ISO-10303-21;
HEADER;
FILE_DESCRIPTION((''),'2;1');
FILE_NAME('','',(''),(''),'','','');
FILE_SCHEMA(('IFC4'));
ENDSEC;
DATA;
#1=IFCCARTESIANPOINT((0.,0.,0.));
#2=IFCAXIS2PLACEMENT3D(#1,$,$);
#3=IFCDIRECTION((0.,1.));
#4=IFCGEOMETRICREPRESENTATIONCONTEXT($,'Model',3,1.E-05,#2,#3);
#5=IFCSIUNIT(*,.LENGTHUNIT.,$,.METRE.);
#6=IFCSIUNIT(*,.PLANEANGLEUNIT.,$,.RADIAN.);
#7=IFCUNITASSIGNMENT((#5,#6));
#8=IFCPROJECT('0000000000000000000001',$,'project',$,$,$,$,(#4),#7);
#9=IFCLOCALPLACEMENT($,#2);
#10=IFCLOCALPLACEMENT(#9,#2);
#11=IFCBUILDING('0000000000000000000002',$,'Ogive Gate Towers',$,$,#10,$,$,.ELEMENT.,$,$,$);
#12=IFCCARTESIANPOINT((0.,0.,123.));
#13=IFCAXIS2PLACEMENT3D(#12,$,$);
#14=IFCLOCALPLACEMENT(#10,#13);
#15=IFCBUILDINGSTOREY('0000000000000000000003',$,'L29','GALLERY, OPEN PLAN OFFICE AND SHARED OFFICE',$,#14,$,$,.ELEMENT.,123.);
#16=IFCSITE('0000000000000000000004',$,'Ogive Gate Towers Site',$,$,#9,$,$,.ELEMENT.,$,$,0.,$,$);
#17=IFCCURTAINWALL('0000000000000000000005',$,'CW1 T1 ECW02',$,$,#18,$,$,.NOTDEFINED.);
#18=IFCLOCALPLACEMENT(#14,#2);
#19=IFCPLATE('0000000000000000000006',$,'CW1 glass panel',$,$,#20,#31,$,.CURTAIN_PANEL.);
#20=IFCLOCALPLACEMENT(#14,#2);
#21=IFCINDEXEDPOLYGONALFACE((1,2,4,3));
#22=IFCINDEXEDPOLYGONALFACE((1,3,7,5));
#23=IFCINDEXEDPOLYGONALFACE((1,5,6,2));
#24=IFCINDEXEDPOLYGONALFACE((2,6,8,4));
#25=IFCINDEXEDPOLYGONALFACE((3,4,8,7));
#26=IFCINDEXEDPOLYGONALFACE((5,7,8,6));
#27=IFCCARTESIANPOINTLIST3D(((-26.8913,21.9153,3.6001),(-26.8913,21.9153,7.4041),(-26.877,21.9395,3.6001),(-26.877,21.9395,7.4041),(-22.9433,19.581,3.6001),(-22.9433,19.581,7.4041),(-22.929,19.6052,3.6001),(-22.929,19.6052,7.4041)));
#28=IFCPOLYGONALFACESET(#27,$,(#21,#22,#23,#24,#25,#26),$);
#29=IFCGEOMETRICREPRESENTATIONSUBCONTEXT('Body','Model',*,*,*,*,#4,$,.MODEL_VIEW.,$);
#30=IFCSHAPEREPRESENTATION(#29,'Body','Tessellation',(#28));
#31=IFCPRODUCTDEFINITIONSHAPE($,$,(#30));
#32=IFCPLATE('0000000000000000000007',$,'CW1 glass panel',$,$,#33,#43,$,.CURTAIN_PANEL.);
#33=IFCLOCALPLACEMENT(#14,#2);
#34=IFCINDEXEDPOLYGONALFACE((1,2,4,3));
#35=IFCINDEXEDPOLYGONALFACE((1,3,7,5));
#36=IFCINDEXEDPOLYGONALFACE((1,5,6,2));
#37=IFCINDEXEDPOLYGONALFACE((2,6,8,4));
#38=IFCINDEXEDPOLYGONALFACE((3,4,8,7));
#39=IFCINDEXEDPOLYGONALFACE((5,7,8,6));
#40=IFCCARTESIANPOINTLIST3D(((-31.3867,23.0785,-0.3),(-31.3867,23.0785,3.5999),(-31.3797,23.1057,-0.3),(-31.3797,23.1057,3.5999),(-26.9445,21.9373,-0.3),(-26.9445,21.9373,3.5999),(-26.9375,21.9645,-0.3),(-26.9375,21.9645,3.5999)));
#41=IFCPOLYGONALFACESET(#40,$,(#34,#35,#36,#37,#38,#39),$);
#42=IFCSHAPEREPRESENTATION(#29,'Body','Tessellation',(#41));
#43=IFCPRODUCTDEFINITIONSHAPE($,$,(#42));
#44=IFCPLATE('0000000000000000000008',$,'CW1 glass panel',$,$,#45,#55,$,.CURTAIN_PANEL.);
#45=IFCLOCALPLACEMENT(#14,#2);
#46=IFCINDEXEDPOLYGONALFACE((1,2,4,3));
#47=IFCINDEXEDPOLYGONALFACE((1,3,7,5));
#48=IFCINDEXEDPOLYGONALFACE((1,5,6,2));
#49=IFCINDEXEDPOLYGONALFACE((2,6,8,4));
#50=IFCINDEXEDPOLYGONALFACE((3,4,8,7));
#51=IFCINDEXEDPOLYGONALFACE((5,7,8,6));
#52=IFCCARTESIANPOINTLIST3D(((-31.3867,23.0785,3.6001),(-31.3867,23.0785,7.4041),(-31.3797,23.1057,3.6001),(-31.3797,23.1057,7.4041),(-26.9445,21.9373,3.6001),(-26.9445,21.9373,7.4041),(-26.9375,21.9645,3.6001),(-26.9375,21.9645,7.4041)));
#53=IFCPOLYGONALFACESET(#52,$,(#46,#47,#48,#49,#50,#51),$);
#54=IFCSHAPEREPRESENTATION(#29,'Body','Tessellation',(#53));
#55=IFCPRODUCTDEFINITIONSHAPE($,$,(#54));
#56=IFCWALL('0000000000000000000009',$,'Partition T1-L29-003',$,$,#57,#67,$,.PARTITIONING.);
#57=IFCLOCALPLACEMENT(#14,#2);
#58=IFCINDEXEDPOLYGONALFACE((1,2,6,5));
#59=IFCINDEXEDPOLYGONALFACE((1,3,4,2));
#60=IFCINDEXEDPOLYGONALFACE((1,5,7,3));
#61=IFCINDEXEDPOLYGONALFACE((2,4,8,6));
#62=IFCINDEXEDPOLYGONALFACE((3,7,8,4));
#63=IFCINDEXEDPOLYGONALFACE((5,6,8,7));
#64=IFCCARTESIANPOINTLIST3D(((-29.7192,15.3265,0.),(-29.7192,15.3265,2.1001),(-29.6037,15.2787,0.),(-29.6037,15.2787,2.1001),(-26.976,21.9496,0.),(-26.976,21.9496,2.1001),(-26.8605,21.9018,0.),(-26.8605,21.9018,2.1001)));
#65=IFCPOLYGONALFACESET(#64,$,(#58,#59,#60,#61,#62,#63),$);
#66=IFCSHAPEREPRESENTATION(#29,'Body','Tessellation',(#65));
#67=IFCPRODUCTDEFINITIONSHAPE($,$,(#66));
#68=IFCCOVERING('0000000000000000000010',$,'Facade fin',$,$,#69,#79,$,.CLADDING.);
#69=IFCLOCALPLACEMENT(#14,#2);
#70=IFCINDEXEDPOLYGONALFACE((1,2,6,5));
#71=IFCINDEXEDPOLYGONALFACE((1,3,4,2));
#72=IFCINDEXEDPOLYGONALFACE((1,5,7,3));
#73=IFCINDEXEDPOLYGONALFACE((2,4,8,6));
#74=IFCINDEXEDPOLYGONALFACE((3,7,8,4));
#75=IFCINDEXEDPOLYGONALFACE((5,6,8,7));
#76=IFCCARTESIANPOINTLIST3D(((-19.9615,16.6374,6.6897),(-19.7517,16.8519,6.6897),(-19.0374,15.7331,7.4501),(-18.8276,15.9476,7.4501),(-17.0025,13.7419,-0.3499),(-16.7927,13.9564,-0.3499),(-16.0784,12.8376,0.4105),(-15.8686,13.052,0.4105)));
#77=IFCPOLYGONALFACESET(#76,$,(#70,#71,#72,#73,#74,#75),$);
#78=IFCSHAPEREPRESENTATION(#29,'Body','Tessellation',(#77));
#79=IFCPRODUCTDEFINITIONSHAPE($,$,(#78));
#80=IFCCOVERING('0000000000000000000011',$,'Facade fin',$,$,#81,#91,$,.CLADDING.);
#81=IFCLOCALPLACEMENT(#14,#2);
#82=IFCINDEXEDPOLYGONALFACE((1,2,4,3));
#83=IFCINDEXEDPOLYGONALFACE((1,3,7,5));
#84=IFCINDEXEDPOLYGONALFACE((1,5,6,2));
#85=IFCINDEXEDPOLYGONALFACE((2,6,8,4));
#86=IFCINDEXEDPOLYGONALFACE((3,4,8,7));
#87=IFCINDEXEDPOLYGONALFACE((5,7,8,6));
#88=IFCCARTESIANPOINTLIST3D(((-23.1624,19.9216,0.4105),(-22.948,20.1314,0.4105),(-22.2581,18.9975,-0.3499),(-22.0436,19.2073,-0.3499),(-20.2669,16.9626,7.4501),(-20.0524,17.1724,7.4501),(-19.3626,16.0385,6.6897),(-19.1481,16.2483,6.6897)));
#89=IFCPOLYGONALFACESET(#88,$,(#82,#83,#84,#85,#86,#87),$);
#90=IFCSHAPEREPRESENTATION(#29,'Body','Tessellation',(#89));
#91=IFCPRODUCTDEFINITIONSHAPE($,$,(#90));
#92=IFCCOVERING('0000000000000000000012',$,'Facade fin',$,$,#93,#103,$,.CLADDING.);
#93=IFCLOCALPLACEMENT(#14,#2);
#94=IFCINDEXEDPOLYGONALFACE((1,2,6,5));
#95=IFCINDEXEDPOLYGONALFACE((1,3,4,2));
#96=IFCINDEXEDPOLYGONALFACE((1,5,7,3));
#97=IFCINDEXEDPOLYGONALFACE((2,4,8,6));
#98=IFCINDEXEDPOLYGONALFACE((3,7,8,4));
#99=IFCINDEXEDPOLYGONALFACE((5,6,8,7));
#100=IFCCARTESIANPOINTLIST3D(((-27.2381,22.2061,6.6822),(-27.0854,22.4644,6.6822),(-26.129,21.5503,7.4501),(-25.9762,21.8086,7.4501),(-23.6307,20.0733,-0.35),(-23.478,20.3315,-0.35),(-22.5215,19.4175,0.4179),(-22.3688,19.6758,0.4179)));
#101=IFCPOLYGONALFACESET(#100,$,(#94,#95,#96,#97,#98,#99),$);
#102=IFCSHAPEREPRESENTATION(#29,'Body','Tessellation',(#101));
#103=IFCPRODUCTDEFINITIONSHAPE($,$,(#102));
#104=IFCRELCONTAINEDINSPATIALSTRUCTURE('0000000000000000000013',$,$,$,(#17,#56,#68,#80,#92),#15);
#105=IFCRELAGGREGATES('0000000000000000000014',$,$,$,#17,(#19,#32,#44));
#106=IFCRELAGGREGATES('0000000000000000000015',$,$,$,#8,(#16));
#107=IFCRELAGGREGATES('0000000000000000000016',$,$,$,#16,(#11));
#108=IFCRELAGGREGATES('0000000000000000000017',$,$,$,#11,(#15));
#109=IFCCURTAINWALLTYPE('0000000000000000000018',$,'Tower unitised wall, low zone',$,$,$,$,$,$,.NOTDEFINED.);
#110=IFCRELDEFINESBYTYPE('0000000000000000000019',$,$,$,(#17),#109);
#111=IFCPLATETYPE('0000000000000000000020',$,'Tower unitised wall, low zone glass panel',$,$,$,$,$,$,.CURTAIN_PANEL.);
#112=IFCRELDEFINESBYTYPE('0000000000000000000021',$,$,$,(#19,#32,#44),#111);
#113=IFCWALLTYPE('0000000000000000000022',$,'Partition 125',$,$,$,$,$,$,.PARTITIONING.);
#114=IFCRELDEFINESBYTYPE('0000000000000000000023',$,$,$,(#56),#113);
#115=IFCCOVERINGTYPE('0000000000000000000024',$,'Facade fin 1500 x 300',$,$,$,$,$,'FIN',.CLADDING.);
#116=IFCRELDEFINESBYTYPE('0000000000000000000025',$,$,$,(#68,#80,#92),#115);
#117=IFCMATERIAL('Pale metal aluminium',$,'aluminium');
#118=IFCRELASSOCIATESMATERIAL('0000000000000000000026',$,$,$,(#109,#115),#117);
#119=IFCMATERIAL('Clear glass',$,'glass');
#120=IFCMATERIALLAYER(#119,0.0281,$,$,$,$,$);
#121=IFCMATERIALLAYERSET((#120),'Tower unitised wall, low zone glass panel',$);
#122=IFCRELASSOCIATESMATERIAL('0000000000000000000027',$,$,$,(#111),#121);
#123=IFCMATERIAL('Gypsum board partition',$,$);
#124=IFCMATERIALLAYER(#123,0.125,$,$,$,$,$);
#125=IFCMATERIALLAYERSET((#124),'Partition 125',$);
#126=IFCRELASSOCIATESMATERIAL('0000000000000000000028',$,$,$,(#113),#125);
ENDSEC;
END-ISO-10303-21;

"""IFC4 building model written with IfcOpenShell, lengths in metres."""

from ifc_helpers import new_model, si_unit, direction, frame, frame_2d, origin, origin_2d, place, context, subcontext, project, spatial, rectangle, extrude, material, layer, layer_set, material_profile, profile_set, type_object, element, aggregate, save


model = new_model("IFC4")

# Units and contexts
model_context = context("Model", 3, precision=1e-05, world=origin(), true_north=direction((0.0, 1.0)))
body_context = subcontext(model_context, "Body", "Model", "MODEL_VIEW")
ifc_project = project(units=[si_unit("LENGTHUNIT", "METRE"), si_unit("PLANEANGLEUNIT", "RADIAN")], contexts=[model_context])

# Site, building, storey
site_placement = place(None, origin())
site = spatial("IfcSite", under=ifc_project, at=site_placement, Name="Ogive Gate Towers Site", CompositionType="ELEMENT", RefElevation=0.0)
building_placement = place(site_placement, origin())
building = spatial("IfcBuilding", under=site, at=building_placement, Name="Ogive Gate Towers", CompositionType="ELEMENT")
storey_placement = place(building_placement, frame((0.0, 0.0, 123.0)))
storey = spatial("IfcBuildingStorey", under=building, at=storey_placement, Name="L29", Description="GALLERY, OPEN PLAN OFFICE AND SHARED OFFICE", CompositionType="ELEMENT", Elevation=123.0)

# Shared definitions
ifc_material_1 = material(Name="Pale metal aluminium", Category="aluminium")
curtain_wall_type = type_object("IfcCurtainWallType", Name="Tower unitised wall, low zone", PredefinedType="NOTDEFINED", material=ifc_material_1)

# Curtain wall
curtain_wall_1_placement = place(storey_placement, origin())
curtain_wall_1 = element("IfcCurtainWall", 1, at=curtain_wall_1_placement, inside=storey, type_object=curtain_wall_type, Name="CW1 T1 ECW02", PredefinedType="NOTDEFINED")

# Plates
ifc_material_2 = material(Name="Clear glass", Category="glass")
ifc_layer_1 = layer(ifc_material_2, 0.0281)
ifc_layer_set_1 = layer_set([ifc_layer_1], Name="Tower unitised wall, low zone glass panel")
plate_type = type_object("IfcPlateType", Name="Tower unitised wall, low zone glass panel", PredefinedType="CURTAIN_PANEL", material=ifc_layer_set_1)
plate_1_placement = place(storey_placement, frame((-24.9102, 20.7603, 3.6001), z_axis=(0.0, 0.0, 1.0), x_axis=(-0.860795, 0.508951, 0.0)))
plate_1 = element("IfcPlate", 2, at=plate_1_placement, type_object=plate_type, Name="CW1 glass panel", PredefinedType="CURTAIN_PANEL", context=body_context, shape_type="SweptSolid", body=[
    extrude(rectangle(XDim=4.5864, YDim=0.0281, at=origin_2d()), origin(), (0.0, 0.0, 1.0), 3.804),
])
plate_2_placement = place(storey_placement, frame((-29.1621, 22.5215, -0.3), z_axis=(0.0, 0.0, 1.0), x_axis=(-0.968553, 0.248808, 0.0)))
plate_2 = element("IfcPlate", 3, at=plate_2_placement, type_object=plate_type, Name="CW1 glass panel", PredefinedType="CURTAIN_PANEL", context=body_context, shape_type="SweptSolid", body=[
    extrude(rectangle(XDim=4.5864, YDim=0.0281, at=origin_2d()), origin(), (0.0, 0.0, 1.0), 3.8999),
])
plate_3_placement = place(storey_placement, frame((-29.1621, 22.5215, 3.6001), z_axis=(0.0, 0.0, 1.0), x_axis=(-0.968553, 0.248808, 0.0)))
plate_3 = element("IfcPlate", 4, at=plate_3_placement, type_object=plate_type, Name="CW1 glass panel", PredefinedType="CURTAIN_PANEL", context=body_context, shape_type="SweptSolid", body=[
    extrude(rectangle(XDim=4.5864, YDim=0.0281, at=origin_2d()), origin(), (0.0, 0.0, 1.0), 3.804),
])
aggregate(curtain_wall_1, [plate_1, plate_2, plate_3])

# Wall
ifc_material_3 = material(Name="Gypsum board partition")
ifc_layer_2 = layer(ifc_material_3, 0.125)
ifc_layer_set_2 = layer_set([ifc_layer_2], Name="Partition 125")
wall_type = type_object("IfcWallType", Name="Partition 125", PredefinedType="PARTITIONING", material=ifc_layer_set_2)
wall_placement = place(storey_placement, frame((-26.9182, 21.9258, 0.0), z_axis=(0.0, 0.0, 1.0), x_axis=(-0.382661, -0.923889, 0.0)))
element("IfcWall", 5, at=wall_placement, inside=storey, type_object=wall_type, Name="Partition T1-L29-003", PredefinedType="PARTITIONING", context=body_context, shape_type="SweptSolid", body=[
    extrude(rectangle(XDim=7.1687, YDim=0.125, at=frame_2d((3.5845, 0.0))), origin(), (0.0, 0.0, 1.0), 2.1001),
])

# Coverings
ifc_material_profile_1 = material_profile(ifc_material_1, rectangle(XDim=0.3, YDim=1.5, at=origin_2d()), Name="1500 x 300 pale metal aluminium")
ifc_profile_set_1 = profile_set([ifc_material_profile_1], Name="Pale metal aluminium")
covering_type = type_object("IfcCoveringType", Name="Facade fin 1500 x 300", ElementType="FIN", PredefinedType="CLADDING", material=ifc_profile_set_1)
for number, where, z_axis, x_axis, name in (
    (6, (-16.4355, 13.397, 0.0303), (-0.362324, 0.354551, 0.861983), (-0.699399, -0.714731, 0.0), "Facade fin"),
    (7, (-22.603, 19.5645, 0.0303), (0.354551, -0.362324, 0.861983), (0.714731, 0.699399, 0.0), "Facade fin"),
):
    element("IfcCovering", number, at=place(storey_placement, frame(where, z_axis=z_axis, x_axis=x_axis)), inside=storey, type_object=covering_type, Name=name, PredefinedType="CLADDING", context=body_context, shape_type="SweptSolid", body=[
        extrude(rectangle(XDim=0.3, YDim=1.5, at=origin_2d()), origin(), (0.0, 0.0, 1.0), 8.1667),
    ])
covering_placement = place(storey_placement, frame((-22.9998, 19.8745, 0.0339), z_axis=(-0.440669, 0.260536, 0.85903), x_axis=(-0.508933, -0.860806, 0.0)))
element("IfcCovering", 8, at=covering_placement, inside=storey, type_object=covering_type, Name="Facade fin", PredefinedType="CLADDING", context=body_context, shape_type="SweptSolid", body=[
    extrude(rectangle(XDim=0.3, YDim=1.5, at=origin_2d()), origin(), (0.0, 0.0, 1.0), 8.1863),
])

save(model, "model.ifc")
